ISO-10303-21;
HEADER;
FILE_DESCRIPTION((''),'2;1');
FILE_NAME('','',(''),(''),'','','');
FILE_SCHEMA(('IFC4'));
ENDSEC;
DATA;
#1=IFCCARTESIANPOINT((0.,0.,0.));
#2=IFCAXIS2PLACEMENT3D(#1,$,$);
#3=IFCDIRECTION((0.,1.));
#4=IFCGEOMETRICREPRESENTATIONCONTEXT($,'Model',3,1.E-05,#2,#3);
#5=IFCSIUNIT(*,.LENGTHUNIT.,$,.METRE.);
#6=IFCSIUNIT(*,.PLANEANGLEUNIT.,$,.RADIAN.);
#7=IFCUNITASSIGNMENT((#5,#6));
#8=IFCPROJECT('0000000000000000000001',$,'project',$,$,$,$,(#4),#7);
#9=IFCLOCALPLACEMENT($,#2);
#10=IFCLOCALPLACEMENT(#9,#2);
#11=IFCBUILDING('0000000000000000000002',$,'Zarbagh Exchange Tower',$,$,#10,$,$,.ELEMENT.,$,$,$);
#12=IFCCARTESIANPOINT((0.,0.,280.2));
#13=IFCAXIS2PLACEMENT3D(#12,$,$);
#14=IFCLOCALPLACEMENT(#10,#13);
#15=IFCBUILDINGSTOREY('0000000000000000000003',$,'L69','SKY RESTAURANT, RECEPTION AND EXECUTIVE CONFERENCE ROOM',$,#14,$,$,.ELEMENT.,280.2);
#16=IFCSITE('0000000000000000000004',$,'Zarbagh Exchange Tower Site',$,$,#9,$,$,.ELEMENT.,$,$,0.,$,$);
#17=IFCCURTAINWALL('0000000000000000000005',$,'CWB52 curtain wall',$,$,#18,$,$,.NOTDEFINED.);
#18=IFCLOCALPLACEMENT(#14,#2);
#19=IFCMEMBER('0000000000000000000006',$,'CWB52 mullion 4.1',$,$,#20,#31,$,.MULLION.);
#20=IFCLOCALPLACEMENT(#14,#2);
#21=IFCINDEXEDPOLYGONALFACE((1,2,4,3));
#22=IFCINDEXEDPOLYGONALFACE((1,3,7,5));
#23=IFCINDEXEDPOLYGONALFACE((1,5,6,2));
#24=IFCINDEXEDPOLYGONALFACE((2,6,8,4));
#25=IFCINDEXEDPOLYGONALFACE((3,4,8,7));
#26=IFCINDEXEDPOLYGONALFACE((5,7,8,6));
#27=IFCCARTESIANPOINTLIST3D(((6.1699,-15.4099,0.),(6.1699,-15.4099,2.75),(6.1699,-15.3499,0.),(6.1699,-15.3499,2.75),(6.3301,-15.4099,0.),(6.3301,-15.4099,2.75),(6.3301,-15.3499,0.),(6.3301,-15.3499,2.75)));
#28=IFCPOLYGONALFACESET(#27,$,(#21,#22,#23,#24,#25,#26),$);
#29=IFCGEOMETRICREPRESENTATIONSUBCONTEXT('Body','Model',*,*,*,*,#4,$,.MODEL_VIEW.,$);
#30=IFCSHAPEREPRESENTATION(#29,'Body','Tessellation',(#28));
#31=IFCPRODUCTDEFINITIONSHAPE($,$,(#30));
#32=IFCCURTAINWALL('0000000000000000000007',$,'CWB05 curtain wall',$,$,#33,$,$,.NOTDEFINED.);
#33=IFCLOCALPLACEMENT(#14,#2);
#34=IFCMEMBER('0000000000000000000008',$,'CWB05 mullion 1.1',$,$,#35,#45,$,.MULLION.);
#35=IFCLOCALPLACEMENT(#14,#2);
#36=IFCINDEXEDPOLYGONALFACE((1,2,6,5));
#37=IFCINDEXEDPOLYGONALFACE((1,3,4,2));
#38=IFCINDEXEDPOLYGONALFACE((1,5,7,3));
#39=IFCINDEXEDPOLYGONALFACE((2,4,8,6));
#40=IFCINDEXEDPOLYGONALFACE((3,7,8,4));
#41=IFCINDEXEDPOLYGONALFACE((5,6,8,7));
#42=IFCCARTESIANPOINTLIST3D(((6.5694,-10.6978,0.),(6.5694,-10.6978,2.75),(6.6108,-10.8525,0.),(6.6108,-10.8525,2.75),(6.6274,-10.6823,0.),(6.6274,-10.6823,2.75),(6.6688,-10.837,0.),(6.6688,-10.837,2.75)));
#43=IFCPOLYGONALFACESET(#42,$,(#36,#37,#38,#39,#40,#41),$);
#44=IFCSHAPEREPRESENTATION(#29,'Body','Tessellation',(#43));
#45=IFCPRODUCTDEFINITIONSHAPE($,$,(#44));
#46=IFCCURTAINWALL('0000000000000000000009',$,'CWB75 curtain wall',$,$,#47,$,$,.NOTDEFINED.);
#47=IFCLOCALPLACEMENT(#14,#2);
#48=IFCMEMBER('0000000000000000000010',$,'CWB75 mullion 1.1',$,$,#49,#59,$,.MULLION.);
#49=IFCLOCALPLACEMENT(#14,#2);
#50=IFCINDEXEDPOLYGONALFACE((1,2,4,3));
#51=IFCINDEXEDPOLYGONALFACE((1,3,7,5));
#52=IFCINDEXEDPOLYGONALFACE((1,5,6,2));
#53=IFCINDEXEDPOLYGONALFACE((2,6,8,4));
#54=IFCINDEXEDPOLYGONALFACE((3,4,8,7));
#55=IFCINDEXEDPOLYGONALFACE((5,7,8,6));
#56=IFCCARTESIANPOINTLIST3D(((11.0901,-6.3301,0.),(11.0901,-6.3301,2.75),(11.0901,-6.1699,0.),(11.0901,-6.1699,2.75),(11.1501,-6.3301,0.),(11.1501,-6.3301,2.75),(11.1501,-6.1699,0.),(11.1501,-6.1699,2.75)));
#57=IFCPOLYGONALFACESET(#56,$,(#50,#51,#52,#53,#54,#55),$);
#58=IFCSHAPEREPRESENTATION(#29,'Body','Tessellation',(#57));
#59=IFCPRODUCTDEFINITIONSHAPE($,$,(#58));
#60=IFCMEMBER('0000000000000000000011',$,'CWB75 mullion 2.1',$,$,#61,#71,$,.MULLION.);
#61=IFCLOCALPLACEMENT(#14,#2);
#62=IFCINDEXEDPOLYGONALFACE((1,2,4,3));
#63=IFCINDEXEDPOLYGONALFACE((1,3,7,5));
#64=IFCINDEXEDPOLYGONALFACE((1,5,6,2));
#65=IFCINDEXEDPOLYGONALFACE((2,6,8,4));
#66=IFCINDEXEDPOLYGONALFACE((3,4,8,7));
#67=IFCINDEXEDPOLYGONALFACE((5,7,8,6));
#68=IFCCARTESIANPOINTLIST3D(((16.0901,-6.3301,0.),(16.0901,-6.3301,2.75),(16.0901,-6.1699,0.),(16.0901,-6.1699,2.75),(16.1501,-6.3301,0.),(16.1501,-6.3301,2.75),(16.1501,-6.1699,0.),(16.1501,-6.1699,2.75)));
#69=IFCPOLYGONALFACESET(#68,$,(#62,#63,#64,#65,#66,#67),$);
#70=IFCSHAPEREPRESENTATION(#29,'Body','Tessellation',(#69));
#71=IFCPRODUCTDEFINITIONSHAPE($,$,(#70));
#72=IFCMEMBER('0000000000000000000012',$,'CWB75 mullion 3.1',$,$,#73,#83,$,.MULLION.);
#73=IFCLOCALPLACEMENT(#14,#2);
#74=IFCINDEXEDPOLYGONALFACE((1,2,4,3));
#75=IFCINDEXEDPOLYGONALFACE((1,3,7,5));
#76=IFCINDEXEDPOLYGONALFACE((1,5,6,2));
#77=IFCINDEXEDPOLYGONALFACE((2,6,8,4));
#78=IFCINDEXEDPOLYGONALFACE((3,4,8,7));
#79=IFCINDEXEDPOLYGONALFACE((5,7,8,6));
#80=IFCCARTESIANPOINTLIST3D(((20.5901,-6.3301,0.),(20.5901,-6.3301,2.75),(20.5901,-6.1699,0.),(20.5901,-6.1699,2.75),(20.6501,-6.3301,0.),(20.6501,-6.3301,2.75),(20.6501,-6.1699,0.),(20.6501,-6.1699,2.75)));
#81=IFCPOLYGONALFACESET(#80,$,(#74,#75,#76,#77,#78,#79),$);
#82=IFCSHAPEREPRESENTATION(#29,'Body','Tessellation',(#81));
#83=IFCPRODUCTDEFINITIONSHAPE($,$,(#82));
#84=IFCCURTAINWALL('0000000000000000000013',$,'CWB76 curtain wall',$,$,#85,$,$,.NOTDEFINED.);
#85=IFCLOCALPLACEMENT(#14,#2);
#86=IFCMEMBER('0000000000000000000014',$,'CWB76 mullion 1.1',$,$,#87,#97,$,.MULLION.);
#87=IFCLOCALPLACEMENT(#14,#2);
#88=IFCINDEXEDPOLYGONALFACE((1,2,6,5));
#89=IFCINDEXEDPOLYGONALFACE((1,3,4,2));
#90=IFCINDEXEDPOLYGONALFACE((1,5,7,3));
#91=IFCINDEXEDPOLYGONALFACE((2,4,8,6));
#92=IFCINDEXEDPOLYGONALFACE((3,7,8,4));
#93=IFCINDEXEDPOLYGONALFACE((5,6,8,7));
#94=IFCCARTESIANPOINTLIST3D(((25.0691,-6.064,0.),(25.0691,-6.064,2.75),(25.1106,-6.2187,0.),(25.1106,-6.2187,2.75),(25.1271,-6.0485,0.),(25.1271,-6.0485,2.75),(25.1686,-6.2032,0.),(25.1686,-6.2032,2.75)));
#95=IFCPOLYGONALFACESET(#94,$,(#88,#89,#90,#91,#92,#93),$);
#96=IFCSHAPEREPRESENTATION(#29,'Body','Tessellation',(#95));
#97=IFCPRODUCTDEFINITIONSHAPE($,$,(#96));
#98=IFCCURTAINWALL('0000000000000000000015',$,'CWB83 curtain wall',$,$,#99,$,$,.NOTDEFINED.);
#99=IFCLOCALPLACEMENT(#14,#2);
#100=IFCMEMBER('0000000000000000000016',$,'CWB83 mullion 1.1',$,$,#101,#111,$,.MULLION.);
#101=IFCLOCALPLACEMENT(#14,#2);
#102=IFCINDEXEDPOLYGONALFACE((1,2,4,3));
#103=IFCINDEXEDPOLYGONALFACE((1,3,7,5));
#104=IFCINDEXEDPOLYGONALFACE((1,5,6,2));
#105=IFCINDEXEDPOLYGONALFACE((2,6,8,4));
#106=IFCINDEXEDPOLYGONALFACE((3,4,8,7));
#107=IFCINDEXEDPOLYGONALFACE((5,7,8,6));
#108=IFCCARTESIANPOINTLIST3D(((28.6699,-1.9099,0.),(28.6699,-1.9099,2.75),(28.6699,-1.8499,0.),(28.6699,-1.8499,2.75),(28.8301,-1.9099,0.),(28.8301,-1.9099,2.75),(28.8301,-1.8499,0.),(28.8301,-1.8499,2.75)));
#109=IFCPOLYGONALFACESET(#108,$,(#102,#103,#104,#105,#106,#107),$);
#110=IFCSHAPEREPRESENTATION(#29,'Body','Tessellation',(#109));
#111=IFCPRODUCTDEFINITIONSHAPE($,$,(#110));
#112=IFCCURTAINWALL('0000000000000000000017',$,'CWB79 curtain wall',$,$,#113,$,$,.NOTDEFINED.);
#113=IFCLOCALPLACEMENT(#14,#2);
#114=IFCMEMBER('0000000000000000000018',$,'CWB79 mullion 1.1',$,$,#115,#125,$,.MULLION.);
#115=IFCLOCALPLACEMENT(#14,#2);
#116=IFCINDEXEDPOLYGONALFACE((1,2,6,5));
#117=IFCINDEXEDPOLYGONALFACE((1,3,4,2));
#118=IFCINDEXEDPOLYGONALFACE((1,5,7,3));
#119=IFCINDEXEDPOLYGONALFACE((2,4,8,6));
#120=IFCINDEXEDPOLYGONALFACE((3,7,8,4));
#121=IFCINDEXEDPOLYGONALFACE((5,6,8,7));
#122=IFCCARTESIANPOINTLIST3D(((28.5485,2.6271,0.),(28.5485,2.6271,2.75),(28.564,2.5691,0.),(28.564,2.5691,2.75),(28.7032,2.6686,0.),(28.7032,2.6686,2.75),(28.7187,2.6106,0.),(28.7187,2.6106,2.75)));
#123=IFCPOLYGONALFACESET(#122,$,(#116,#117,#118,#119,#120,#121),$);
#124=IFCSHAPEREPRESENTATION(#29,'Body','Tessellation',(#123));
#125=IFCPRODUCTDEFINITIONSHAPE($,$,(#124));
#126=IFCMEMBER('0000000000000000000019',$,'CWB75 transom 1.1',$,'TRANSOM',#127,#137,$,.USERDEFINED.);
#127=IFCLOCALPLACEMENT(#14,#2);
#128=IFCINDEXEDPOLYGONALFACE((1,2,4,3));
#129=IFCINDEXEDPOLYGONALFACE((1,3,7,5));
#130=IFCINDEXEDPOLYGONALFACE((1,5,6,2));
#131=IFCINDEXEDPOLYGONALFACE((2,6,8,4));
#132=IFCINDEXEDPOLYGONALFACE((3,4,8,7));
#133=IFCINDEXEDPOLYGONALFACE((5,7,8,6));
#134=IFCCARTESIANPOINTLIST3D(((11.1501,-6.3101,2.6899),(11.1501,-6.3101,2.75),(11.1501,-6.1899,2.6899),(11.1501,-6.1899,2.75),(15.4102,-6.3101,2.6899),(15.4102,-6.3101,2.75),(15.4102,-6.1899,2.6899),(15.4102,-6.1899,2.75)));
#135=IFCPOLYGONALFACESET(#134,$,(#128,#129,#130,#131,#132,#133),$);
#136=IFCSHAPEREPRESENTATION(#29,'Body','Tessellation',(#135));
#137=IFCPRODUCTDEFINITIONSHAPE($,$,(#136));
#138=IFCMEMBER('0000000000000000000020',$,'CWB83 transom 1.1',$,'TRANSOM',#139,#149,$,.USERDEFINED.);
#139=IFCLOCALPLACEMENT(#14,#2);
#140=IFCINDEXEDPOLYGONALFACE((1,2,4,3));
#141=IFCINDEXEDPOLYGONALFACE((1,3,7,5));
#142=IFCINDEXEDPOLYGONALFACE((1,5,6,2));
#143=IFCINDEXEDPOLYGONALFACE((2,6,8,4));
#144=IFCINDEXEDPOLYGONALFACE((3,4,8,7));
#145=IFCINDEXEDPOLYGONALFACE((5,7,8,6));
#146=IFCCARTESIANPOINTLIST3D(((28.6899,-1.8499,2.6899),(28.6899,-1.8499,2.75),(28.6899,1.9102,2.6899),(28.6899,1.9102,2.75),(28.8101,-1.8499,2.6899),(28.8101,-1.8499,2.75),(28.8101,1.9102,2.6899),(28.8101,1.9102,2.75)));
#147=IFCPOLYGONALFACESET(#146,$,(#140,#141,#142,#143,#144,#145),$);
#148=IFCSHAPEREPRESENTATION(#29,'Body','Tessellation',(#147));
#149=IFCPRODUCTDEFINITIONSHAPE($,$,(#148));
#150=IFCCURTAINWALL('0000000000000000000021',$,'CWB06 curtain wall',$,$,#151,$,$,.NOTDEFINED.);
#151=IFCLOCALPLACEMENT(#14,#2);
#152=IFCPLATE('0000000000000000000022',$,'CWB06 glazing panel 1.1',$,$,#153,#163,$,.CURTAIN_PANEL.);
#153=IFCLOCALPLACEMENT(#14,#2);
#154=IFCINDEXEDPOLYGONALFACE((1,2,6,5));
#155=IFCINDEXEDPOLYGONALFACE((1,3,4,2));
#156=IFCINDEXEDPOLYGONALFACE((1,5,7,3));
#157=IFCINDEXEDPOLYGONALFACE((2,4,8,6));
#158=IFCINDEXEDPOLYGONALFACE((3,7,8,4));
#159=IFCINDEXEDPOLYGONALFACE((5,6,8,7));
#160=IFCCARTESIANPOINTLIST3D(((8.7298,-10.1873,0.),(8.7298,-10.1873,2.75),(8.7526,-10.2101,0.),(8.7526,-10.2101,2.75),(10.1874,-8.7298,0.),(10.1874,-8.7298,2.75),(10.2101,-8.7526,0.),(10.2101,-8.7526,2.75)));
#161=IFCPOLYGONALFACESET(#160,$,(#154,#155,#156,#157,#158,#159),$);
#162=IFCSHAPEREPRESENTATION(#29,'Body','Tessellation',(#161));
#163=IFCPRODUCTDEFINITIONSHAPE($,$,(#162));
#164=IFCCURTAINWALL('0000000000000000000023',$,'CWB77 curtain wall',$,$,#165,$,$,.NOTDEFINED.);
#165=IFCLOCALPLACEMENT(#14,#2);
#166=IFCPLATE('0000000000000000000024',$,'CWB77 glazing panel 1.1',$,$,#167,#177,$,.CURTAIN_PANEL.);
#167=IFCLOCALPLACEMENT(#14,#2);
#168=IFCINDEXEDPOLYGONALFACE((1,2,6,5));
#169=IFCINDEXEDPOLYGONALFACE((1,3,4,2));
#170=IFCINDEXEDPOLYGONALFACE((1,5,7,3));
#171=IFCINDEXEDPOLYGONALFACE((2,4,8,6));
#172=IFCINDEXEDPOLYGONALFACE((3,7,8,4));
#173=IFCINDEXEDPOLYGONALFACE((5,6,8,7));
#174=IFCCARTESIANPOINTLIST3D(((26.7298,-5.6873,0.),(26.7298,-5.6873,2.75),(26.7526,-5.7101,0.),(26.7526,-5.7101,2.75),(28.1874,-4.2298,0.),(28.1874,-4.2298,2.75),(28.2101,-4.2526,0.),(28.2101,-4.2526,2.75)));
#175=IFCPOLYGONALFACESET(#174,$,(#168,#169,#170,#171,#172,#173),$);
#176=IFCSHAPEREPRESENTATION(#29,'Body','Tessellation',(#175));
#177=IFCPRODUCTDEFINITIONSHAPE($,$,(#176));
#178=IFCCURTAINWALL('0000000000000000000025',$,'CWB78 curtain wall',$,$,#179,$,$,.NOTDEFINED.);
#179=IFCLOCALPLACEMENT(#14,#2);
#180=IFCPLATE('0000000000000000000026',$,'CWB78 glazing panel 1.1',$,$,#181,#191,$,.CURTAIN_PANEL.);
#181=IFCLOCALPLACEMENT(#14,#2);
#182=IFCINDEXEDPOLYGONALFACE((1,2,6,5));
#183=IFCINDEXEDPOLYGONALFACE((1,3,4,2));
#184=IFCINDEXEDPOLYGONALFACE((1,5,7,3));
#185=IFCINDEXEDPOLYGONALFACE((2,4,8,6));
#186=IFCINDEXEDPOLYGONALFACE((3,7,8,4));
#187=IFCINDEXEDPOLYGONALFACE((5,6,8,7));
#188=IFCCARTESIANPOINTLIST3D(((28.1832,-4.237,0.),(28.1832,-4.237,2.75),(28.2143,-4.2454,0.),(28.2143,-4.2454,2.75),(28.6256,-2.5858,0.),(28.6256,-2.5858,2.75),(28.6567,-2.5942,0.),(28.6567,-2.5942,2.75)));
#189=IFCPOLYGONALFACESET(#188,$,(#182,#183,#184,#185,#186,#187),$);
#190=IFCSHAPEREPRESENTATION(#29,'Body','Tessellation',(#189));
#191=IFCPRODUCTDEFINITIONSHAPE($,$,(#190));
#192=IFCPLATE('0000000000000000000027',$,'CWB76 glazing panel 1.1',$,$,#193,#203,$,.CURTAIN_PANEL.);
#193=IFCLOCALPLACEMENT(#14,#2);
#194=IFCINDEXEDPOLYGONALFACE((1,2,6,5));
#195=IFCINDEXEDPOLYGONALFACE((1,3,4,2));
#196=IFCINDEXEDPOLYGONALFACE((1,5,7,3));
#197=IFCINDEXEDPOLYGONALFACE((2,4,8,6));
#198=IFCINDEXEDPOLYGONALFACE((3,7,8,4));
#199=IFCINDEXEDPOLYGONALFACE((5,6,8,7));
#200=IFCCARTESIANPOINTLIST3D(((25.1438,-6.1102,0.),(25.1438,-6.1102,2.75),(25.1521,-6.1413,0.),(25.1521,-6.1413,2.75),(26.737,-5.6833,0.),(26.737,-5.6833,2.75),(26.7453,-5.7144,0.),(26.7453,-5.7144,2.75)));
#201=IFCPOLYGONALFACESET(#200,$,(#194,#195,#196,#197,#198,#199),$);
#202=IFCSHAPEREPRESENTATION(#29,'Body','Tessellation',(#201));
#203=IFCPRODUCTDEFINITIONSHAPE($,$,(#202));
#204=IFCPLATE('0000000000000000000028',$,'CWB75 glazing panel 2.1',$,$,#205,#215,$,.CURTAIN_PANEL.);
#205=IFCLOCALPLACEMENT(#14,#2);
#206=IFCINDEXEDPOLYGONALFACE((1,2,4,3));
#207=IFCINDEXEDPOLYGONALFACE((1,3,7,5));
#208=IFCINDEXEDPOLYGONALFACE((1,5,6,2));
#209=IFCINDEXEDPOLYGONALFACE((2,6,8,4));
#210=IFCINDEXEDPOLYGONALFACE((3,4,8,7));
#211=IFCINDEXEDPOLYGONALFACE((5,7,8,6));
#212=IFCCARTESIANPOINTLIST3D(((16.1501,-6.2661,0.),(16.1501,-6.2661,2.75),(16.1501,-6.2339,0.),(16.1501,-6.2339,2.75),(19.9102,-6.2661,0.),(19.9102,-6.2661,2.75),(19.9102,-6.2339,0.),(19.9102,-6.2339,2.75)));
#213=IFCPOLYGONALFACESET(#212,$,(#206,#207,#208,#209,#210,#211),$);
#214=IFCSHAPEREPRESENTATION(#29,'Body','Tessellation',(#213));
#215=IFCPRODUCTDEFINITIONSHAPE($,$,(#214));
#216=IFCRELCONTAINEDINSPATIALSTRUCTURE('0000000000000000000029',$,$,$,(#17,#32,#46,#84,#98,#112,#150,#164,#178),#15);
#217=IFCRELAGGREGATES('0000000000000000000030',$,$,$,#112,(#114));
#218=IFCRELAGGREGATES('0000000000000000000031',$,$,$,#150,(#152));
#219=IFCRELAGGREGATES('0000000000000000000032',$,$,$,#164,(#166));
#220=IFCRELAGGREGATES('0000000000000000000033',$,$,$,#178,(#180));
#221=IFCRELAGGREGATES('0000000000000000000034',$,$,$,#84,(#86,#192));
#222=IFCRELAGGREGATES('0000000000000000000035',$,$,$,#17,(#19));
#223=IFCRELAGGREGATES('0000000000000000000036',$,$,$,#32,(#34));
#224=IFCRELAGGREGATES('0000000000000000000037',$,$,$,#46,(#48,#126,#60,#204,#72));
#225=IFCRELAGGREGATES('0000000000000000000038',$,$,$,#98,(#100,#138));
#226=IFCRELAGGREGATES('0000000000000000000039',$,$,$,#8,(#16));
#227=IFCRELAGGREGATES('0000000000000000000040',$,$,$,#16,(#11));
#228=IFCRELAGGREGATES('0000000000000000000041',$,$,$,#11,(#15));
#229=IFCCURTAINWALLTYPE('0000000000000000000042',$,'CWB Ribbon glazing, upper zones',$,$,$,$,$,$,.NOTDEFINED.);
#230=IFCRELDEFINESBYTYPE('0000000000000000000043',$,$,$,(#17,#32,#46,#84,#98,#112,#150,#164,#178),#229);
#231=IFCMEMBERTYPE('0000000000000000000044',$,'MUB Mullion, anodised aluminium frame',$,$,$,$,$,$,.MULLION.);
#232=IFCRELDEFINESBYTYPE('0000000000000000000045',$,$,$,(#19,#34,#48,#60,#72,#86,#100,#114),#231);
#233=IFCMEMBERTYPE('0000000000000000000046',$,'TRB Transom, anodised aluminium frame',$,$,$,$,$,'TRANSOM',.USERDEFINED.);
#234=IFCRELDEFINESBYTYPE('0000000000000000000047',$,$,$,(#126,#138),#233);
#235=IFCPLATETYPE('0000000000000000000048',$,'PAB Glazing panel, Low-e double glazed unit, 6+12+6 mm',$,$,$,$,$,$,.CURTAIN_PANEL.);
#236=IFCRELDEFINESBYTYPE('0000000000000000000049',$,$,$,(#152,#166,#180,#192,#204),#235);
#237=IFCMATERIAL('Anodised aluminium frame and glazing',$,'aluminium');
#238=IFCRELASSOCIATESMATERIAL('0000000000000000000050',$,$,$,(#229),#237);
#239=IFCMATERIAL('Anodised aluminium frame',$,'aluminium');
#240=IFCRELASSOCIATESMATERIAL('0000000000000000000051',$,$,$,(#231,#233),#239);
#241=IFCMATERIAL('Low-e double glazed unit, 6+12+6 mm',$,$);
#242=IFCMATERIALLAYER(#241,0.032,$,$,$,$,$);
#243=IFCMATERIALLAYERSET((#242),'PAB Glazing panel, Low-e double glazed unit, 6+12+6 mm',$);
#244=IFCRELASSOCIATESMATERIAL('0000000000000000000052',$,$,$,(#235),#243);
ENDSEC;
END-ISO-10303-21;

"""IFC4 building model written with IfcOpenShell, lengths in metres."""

from ifc_helpers import new_model, si_unit, direction, frame, origin, place, context, subcontext, project, spatial, polyline, outline, extrude, source, transform, mapped, material, layer, layer_set, type_object, element, aggregate, save


model = new_model("IFC4")

# Units and contexts
model_context = context("Model", 3, precision=1e-05, world=origin(), true_north=direction((0.0, 1.0)))
body_context = subcontext(model_context, "Body", "Model", "MODEL_VIEW")
ifc_project = project(units=[si_unit("LENGTHUNIT", "METRE"), si_unit("PLANEANGLEUNIT", "RADIAN")], contexts=[model_context])

# Site, building, storey
site_placement = place(None, origin())
site = spatial("IfcSite", under=ifc_project, at=site_placement, Name="Zarbagh Exchange Tower Site", CompositionType="ELEMENT", RefElevation=0.0)
building_placement = place(site_placement, origin())
building = spatial("IfcBuilding", under=site, at=building_placement, Name="Zarbagh Exchange Tower", CompositionType="ELEMENT")
storey_placement = place(building_placement, frame((0.0, 0.0, 280.2)))
storey = spatial("IfcBuildingStorey", under=building, at=storey_placement, Name="L69", Description="SKY RESTAURANT, RECEPTION AND EXECUTIVE CONFERENCE ROOM", CompositionType="ELEMENT", Elevation=280.2)

# Curtain walls, members
ifc_material_1 = material(Name="Anodised aluminium frame and glazing", Category="aluminium")
curtain_wall_type = type_object("IfcCurtainWallType", Name="CWB Ribbon glazing, upper zones", PredefinedType="NOTDEFINED", material=ifc_material_1)
curtain_wall_1_placement = place(storey_placement, origin())
curtain_wall_1 = element("IfcCurtainWall", 1, at=curtain_wall_1_placement, inside=storey, type_object=curtain_wall_type, Name="CWB52 curtain wall", PredefinedType="NOTDEFINED")
ifc_material_2 = material(Name="Anodised aluminium frame", Category="aluminium")
member_type_1 = type_object("IfcMemberType", Name="MUB Mullion, anodised aluminium frame", PredefinedType="MULLION", material=ifc_material_2)
shared_shape_1 = source(origin(), body_context, "Body", "SweptSolid", [
    extrude(outline(polyline([(0.0, -0.0801), (0.0601, -0.0801), (0.0601, 0.0801), (0.0, 0.0801), (0.0, -0.0801)])), origin(), (0.0, 0.0, 1.0), 2.75),
])
placement = place(storey_placement, origin())
member_1 = element("IfcMember", 2, at=placement, type_object=member_type_1, Name="CWB52 mullion 4.1", PredefinedType="MULLION", context=body_context, shape_type="MappedRepresentation", body=[
    mapped(shared_shape_1, transform((6.25, -15.4099, 0.0), x_axis=(0.0, 1.0, 0.0), y_axis=(-1.0, 0.0, 0.0), z_axis=(0.0, 0.0, 1.0))),
])
curtain_wall_2_placement = place(storey_placement, origin())
curtain_wall_2 = element("IfcCurtainWall", 3, at=curtain_wall_2_placement, inside=storey, type_object=curtain_wall_type, Name="CWB05 curtain wall", PredefinedType="NOTDEFINED")
member_2 = element("IfcMember", 4, at=placement, type_object=member_type_1, Name="CWB05 mullion 1.1", PredefinedType="MULLION", context=body_context, shape_type="MappedRepresentation", body=[
    mapped(shared_shape_1, transform((6.5901, -10.7751, 0.0), x_axis=(0.965924, 0.258825, 0.0), y_axis=(-0.258825, 0.965924, 0.0), z_axis=(0.0, 0.0, 1.0))),
])

# Curtain wall, members
curtain_wall_3_placement = place(storey_placement, origin())
curtain_wall_3 = element("IfcCurtainWall", 5, at=curtain_wall_3_placement, inside=storey, type_object=curtain_wall_type, Name="CWB75 curtain wall", PredefinedType="NOTDEFINED")
member_3 = element("IfcMember", 6, at=placement, type_object=member_type_1, Name="CWB75 mullion 1.1", PredefinedType="MULLION", context=body_context, shape_type="MappedRepresentation", body=[
    mapped(shared_shape_1, transform((11.0901, -6.25, 0.0), x_axis=(1.0, 0.0, 0.0), y_axis=(0.0, 1.0, 0.0), z_axis=(0.0, 0.0, 1.0))),
])
member_4 = element("IfcMember", 7, at=placement, type_object=member_type_1, Name="CWB75 mullion 2.1", PredefinedType="MULLION", context=body_context, shape_type="MappedRepresentation", body=[
    mapped(shared_shape_1, transform((16.0901, -6.25, 0.0), x_axis=(1.0, 0.0, 0.0), y_axis=(0.0, 1.0, 0.0), z_axis=(0.0, 0.0, 1.0))),
])
member_5 = element("IfcMember", 8, at=placement, type_object=member_type_1, Name="CWB75 mullion 3.1", PredefinedType="MULLION", context=body_context, shape_type="MappedRepresentation", body=[
    mapped(shared_shape_1, transform((20.5901, -6.25, 0.0), x_axis=(1.0, 0.0, 0.0), y_axis=(0.0, 1.0, 0.0), z_axis=(0.0, 0.0, 1.0))),
])

# Curtain walls, members
curtain_wall_4_placement = place(storey_placement, origin())
curtain_wall_4 = element("IfcCurtainWall", 9, at=curtain_wall_4_placement, inside=storey, type_object=curtain_wall_type, Name="CWB76 curtain wall", PredefinedType="NOTDEFINED")
member_6 = element("IfcMember", 10, at=placement, type_object=member_type_1, Name="CWB76 mullion 1.1", PredefinedType="MULLION", context=body_context, shape_type="MappedRepresentation", body=[
    mapped(shared_shape_1, transform((25.0898, -6.1414, 0.0), x_axis=(0.965924, 0.258825, 0.0), y_axis=(-0.258825, 0.965924, 0.0), z_axis=(0.0, 0.0, 1.0))),
])
curtain_wall_5_placement = place(storey_placement, origin())
curtain_wall_5 = element("IfcCurtainWall", 11, at=curtain_wall_5_placement, inside=storey, type_object=curtain_wall_type, Name="CWB83 curtain wall", PredefinedType="NOTDEFINED")
member_7 = element("IfcMember", 12, at=placement, type_object=member_type_1, Name="CWB83 mullion 1.1", PredefinedType="MULLION", context=body_context, shape_type="MappedRepresentation", body=[
    mapped(shared_shape_1, transform((28.75, -1.9099, 0.0), x_axis=(0.0, 1.0, 0.0), y_axis=(-1.0, 0.0, 0.0), z_axis=(0.0, 0.0, 1.0))),
])
curtain_wall_6_placement = place(storey_placement, origin())
curtain_wall_6 = element("IfcCurtainWall", 13, at=curtain_wall_6_placement, inside=storey, type_object=curtain_wall_type, Name="CWB79 curtain wall", PredefinedType="NOTDEFINED")
member_8 = element("IfcMember", 14, at=placement, type_object=member_type_1, Name="CWB79 mullion 1.1", PredefinedType="MULLION", context=body_context, shape_type="MappedRepresentation", body=[
    mapped(shared_shape_1, transform((28.6414, 2.5898, 0.0), x_axis=(-0.258825, 0.965924, 0.0), y_axis=(-0.965924, -0.258825, 0.0), z_axis=(0.0, 0.0, 1.0))),
])
aggregate(curtain_wall_6, [member_8])

# Members
member_type_2 = type_object("IfcMemberType", Name="TRB Transom, anodised aluminium frame", ElementType="TRANSOM", PredefinedType="USERDEFINED", material=ifc_material_2)
shared_shape_2 = source(origin(), body_context, "Body", "SweptSolid", [
    extrude(outline(polyline([(-0.0601, -0.0601), (0.0, -0.0601), (0.0, 0.0601), (-0.0601, 0.0601), (-0.0601, -0.0601)])), origin(), (0.0, 0.0, 1.0), 4.26),
])
member_9 = element("IfcMember", 15, at=placement, type_object=member_type_2, Name="CWB75 transom 1.1", ObjectType="TRANSOM", PredefinedType="USERDEFINED", context=body_context, shape_type="MappedRepresentation", body=[
    mapped(shared_shape_2, transform((11.1501, -6.25, 2.75), x_axis=(0.0, 0.0, 1.0), y_axis=(0.0, -1.0, 0.0), z_axis=(1.0, 0.0, 0.0))),
])
shared_shape_3 = source(origin(), body_context, "Body", "SweptSolid", [
    extrude(outline(polyline([(-0.0601, -0.0601), (0.0, -0.0601), (0.0, 0.0601), (-0.0601, 0.0601), (-0.0601, -0.0601)])), origin(), (0.0, 0.0, 1.0), 3.76),
])
member_10 = element("IfcMember", 16, at=placement, type_object=member_type_2, Name="CWB83 transom 1.1", ObjectType="TRANSOM", PredefinedType="USERDEFINED", context=body_context, shape_type="MappedRepresentation", body=[
    mapped(shared_shape_3, transform((28.75, -1.8499, 2.75), x_axis=(0.0, 0.0, 1.0), y_axis=(1.0, 0.0, 0.0), z_axis=(0.0, 1.0, 0.0))),
])

# Curtain walls, plates
curtain_wall_7_placement = place(storey_placement, origin())
curtain_wall_7 = element("IfcCurtainWall", 17, at=curtain_wall_7_placement, inside=storey, type_object=curtain_wall_type, Name="CWB06 curtain wall", PredefinedType="NOTDEFINED")
ifc_material_3 = material(Name="Low-e double glazed unit, 6+12+6 mm")
ifc_layer = layer(ifc_material_3, 0.032)
ifc_layer_set = layer_set([ifc_layer], Name="PAB Glazing panel, Low-e double glazed unit, 6+12+6 mm")
plate_type = type_object("IfcPlateType", Name="PAB Glazing panel, Low-e double glazed unit, 6+12+6 mm", PredefinedType="CURTAIN_PANEL", material=ifc_layer_set)
shared_shape_4 = source(origin(), body_context, "Body", "SweptSolid", [
    extrude(outline(polyline([(0.0, -0.0161), (2.0613, -0.0161), (2.0613, 0.0161), (0.0, 0.0161), (0.0, -0.0161)])), origin(), (0.0, 0.0, 1.0), 2.75),
])
plate_1 = element("IfcPlate", 18, at=placement, type_object=plate_type, Name="CWB06 glazing panel 1.1", PredefinedType="CURTAIN_PANEL", context=body_context, shape_type="MappedRepresentation", body=[
    mapped(shared_shape_4, transform((8.7412, -10.1987, 0.0), x_axis=(0.707107, 0.707107, 0.0), y_axis=(-0.707107, 0.707107, 0.0), z_axis=(0.0, 0.0, 1.0))),
])
aggregate(curtain_wall_7, [plate_1])
curtain_wall_8_placement = place(storey_placement, origin())
curtain_wall_8 = element("IfcCurtainWall", 19, at=curtain_wall_8_placement, inside=storey, type_object=curtain_wall_type, Name="CWB77 curtain wall", PredefinedType="NOTDEFINED")
plate_2 = element("IfcPlate", 20, at=placement, type_object=plate_type, Name="CWB77 glazing panel 1.1", PredefinedType="CURTAIN_PANEL", context=body_context, shape_type="MappedRepresentation", body=[
    mapped(shared_shape_4, transform((26.7412, -5.6987, 0.0), x_axis=(0.707107, 0.707107, 0.0), y_axis=(-0.707107, 0.707107, 0.0), z_axis=(0.0, 0.0, 1.0))),
])
aggregate(curtain_wall_8, [plate_2])
curtain_wall_9_placement = place(storey_placement, origin())
curtain_wall_9 = element("IfcCurtainWall", 21, at=curtain_wall_9_placement, inside=storey, type_object=curtain_wall_type, Name="CWB78 curtain wall", PredefinedType="NOTDEFINED")
shared_shape_5 = source(origin(), body_context, "Body", "SweptSolid", [
    extrude(outline(polyline([(0.0, -0.0161), (1.7095, -0.0161), (1.7095, 0.0161), (0.0, 0.0161), (0.0, -0.0161)])), origin(), (0.0, 0.0, 1.0), 2.75),
])
plate_3 = element("IfcPlate", 22, at=placement, type_object=plate_type, Name="CWB78 glazing panel 1.1", PredefinedType="CURTAIN_PANEL", context=body_context, shape_type="MappedRepresentation", body=[
    mapped(shared_shape_5, transform((28.1987, -4.2412, 0.0), x_axis=(0.258825, 0.965924, 0.0), y_axis=(-0.965924, 0.258825, 0.0), z_axis=(0.0, 0.0, 1.0))),
])
aggregate(curtain_wall_9, [plate_3])

# Plates
shared_shape_6 = source(origin(), body_context, "Body", "SweptSolid", [
    extrude(outline(polyline([(0.0, -0.0161), (1.6494, -0.0161), (1.6494, 0.0161), (0.0, 0.0161), (0.0, -0.0161)])), origin(), (0.0, 0.0, 1.0), 2.75),
])
plate_4 = element("IfcPlate", 23, at=placement, type_object=plate_type, Name="CWB76 glazing panel 1.1", PredefinedType="CURTAIN_PANEL", context=body_context, shape_type="MappedRepresentation", body=[
    mapped(shared_shape_6, transform((25.1479, -6.1257, 0.0), x_axis=(0.965924, 0.258825, 0.0), y_axis=(-0.258825, 0.965924, 0.0), z_axis=(0.0, 0.0, 1.0))),
])
aggregate(curtain_wall_4, [member_6, plate_4])
shared_shape_7 = source(origin(), body_context, "Body", "SweptSolid", [
    extrude(outline(polyline([(0.0, -0.0161), (3.76, -0.0161), (3.76, 0.0161), (0.0, 0.0161), (0.0, -0.0161)])), origin(), (0.0, 0.0, 1.0), 2.75),
])
plate_5 = element("IfcPlate", 24, at=placement, type_object=plate_type, Name="CWB75 glazing panel 2.1", PredefinedType="CURTAIN_PANEL", context=body_context, shape_type="MappedRepresentation", body=[
    mapped(shared_shape_7, transform((16.1501, -6.25, 0.0), x_axis=(1.0, 0.0, 0.0), y_axis=(0.0, 1.0, 0.0), z_axis=(0.0, 0.0, 1.0))),
])
aggregate(curtain_wall_1, [member_1])
aggregate(curtain_wall_2, [member_2])

aggregate(curtain_wall_3, [member_3, member_9, member_4, plate_5, member_5])
aggregate(curtain_wall_5, [member_7, member_10])

save(model, "model.ifc")
